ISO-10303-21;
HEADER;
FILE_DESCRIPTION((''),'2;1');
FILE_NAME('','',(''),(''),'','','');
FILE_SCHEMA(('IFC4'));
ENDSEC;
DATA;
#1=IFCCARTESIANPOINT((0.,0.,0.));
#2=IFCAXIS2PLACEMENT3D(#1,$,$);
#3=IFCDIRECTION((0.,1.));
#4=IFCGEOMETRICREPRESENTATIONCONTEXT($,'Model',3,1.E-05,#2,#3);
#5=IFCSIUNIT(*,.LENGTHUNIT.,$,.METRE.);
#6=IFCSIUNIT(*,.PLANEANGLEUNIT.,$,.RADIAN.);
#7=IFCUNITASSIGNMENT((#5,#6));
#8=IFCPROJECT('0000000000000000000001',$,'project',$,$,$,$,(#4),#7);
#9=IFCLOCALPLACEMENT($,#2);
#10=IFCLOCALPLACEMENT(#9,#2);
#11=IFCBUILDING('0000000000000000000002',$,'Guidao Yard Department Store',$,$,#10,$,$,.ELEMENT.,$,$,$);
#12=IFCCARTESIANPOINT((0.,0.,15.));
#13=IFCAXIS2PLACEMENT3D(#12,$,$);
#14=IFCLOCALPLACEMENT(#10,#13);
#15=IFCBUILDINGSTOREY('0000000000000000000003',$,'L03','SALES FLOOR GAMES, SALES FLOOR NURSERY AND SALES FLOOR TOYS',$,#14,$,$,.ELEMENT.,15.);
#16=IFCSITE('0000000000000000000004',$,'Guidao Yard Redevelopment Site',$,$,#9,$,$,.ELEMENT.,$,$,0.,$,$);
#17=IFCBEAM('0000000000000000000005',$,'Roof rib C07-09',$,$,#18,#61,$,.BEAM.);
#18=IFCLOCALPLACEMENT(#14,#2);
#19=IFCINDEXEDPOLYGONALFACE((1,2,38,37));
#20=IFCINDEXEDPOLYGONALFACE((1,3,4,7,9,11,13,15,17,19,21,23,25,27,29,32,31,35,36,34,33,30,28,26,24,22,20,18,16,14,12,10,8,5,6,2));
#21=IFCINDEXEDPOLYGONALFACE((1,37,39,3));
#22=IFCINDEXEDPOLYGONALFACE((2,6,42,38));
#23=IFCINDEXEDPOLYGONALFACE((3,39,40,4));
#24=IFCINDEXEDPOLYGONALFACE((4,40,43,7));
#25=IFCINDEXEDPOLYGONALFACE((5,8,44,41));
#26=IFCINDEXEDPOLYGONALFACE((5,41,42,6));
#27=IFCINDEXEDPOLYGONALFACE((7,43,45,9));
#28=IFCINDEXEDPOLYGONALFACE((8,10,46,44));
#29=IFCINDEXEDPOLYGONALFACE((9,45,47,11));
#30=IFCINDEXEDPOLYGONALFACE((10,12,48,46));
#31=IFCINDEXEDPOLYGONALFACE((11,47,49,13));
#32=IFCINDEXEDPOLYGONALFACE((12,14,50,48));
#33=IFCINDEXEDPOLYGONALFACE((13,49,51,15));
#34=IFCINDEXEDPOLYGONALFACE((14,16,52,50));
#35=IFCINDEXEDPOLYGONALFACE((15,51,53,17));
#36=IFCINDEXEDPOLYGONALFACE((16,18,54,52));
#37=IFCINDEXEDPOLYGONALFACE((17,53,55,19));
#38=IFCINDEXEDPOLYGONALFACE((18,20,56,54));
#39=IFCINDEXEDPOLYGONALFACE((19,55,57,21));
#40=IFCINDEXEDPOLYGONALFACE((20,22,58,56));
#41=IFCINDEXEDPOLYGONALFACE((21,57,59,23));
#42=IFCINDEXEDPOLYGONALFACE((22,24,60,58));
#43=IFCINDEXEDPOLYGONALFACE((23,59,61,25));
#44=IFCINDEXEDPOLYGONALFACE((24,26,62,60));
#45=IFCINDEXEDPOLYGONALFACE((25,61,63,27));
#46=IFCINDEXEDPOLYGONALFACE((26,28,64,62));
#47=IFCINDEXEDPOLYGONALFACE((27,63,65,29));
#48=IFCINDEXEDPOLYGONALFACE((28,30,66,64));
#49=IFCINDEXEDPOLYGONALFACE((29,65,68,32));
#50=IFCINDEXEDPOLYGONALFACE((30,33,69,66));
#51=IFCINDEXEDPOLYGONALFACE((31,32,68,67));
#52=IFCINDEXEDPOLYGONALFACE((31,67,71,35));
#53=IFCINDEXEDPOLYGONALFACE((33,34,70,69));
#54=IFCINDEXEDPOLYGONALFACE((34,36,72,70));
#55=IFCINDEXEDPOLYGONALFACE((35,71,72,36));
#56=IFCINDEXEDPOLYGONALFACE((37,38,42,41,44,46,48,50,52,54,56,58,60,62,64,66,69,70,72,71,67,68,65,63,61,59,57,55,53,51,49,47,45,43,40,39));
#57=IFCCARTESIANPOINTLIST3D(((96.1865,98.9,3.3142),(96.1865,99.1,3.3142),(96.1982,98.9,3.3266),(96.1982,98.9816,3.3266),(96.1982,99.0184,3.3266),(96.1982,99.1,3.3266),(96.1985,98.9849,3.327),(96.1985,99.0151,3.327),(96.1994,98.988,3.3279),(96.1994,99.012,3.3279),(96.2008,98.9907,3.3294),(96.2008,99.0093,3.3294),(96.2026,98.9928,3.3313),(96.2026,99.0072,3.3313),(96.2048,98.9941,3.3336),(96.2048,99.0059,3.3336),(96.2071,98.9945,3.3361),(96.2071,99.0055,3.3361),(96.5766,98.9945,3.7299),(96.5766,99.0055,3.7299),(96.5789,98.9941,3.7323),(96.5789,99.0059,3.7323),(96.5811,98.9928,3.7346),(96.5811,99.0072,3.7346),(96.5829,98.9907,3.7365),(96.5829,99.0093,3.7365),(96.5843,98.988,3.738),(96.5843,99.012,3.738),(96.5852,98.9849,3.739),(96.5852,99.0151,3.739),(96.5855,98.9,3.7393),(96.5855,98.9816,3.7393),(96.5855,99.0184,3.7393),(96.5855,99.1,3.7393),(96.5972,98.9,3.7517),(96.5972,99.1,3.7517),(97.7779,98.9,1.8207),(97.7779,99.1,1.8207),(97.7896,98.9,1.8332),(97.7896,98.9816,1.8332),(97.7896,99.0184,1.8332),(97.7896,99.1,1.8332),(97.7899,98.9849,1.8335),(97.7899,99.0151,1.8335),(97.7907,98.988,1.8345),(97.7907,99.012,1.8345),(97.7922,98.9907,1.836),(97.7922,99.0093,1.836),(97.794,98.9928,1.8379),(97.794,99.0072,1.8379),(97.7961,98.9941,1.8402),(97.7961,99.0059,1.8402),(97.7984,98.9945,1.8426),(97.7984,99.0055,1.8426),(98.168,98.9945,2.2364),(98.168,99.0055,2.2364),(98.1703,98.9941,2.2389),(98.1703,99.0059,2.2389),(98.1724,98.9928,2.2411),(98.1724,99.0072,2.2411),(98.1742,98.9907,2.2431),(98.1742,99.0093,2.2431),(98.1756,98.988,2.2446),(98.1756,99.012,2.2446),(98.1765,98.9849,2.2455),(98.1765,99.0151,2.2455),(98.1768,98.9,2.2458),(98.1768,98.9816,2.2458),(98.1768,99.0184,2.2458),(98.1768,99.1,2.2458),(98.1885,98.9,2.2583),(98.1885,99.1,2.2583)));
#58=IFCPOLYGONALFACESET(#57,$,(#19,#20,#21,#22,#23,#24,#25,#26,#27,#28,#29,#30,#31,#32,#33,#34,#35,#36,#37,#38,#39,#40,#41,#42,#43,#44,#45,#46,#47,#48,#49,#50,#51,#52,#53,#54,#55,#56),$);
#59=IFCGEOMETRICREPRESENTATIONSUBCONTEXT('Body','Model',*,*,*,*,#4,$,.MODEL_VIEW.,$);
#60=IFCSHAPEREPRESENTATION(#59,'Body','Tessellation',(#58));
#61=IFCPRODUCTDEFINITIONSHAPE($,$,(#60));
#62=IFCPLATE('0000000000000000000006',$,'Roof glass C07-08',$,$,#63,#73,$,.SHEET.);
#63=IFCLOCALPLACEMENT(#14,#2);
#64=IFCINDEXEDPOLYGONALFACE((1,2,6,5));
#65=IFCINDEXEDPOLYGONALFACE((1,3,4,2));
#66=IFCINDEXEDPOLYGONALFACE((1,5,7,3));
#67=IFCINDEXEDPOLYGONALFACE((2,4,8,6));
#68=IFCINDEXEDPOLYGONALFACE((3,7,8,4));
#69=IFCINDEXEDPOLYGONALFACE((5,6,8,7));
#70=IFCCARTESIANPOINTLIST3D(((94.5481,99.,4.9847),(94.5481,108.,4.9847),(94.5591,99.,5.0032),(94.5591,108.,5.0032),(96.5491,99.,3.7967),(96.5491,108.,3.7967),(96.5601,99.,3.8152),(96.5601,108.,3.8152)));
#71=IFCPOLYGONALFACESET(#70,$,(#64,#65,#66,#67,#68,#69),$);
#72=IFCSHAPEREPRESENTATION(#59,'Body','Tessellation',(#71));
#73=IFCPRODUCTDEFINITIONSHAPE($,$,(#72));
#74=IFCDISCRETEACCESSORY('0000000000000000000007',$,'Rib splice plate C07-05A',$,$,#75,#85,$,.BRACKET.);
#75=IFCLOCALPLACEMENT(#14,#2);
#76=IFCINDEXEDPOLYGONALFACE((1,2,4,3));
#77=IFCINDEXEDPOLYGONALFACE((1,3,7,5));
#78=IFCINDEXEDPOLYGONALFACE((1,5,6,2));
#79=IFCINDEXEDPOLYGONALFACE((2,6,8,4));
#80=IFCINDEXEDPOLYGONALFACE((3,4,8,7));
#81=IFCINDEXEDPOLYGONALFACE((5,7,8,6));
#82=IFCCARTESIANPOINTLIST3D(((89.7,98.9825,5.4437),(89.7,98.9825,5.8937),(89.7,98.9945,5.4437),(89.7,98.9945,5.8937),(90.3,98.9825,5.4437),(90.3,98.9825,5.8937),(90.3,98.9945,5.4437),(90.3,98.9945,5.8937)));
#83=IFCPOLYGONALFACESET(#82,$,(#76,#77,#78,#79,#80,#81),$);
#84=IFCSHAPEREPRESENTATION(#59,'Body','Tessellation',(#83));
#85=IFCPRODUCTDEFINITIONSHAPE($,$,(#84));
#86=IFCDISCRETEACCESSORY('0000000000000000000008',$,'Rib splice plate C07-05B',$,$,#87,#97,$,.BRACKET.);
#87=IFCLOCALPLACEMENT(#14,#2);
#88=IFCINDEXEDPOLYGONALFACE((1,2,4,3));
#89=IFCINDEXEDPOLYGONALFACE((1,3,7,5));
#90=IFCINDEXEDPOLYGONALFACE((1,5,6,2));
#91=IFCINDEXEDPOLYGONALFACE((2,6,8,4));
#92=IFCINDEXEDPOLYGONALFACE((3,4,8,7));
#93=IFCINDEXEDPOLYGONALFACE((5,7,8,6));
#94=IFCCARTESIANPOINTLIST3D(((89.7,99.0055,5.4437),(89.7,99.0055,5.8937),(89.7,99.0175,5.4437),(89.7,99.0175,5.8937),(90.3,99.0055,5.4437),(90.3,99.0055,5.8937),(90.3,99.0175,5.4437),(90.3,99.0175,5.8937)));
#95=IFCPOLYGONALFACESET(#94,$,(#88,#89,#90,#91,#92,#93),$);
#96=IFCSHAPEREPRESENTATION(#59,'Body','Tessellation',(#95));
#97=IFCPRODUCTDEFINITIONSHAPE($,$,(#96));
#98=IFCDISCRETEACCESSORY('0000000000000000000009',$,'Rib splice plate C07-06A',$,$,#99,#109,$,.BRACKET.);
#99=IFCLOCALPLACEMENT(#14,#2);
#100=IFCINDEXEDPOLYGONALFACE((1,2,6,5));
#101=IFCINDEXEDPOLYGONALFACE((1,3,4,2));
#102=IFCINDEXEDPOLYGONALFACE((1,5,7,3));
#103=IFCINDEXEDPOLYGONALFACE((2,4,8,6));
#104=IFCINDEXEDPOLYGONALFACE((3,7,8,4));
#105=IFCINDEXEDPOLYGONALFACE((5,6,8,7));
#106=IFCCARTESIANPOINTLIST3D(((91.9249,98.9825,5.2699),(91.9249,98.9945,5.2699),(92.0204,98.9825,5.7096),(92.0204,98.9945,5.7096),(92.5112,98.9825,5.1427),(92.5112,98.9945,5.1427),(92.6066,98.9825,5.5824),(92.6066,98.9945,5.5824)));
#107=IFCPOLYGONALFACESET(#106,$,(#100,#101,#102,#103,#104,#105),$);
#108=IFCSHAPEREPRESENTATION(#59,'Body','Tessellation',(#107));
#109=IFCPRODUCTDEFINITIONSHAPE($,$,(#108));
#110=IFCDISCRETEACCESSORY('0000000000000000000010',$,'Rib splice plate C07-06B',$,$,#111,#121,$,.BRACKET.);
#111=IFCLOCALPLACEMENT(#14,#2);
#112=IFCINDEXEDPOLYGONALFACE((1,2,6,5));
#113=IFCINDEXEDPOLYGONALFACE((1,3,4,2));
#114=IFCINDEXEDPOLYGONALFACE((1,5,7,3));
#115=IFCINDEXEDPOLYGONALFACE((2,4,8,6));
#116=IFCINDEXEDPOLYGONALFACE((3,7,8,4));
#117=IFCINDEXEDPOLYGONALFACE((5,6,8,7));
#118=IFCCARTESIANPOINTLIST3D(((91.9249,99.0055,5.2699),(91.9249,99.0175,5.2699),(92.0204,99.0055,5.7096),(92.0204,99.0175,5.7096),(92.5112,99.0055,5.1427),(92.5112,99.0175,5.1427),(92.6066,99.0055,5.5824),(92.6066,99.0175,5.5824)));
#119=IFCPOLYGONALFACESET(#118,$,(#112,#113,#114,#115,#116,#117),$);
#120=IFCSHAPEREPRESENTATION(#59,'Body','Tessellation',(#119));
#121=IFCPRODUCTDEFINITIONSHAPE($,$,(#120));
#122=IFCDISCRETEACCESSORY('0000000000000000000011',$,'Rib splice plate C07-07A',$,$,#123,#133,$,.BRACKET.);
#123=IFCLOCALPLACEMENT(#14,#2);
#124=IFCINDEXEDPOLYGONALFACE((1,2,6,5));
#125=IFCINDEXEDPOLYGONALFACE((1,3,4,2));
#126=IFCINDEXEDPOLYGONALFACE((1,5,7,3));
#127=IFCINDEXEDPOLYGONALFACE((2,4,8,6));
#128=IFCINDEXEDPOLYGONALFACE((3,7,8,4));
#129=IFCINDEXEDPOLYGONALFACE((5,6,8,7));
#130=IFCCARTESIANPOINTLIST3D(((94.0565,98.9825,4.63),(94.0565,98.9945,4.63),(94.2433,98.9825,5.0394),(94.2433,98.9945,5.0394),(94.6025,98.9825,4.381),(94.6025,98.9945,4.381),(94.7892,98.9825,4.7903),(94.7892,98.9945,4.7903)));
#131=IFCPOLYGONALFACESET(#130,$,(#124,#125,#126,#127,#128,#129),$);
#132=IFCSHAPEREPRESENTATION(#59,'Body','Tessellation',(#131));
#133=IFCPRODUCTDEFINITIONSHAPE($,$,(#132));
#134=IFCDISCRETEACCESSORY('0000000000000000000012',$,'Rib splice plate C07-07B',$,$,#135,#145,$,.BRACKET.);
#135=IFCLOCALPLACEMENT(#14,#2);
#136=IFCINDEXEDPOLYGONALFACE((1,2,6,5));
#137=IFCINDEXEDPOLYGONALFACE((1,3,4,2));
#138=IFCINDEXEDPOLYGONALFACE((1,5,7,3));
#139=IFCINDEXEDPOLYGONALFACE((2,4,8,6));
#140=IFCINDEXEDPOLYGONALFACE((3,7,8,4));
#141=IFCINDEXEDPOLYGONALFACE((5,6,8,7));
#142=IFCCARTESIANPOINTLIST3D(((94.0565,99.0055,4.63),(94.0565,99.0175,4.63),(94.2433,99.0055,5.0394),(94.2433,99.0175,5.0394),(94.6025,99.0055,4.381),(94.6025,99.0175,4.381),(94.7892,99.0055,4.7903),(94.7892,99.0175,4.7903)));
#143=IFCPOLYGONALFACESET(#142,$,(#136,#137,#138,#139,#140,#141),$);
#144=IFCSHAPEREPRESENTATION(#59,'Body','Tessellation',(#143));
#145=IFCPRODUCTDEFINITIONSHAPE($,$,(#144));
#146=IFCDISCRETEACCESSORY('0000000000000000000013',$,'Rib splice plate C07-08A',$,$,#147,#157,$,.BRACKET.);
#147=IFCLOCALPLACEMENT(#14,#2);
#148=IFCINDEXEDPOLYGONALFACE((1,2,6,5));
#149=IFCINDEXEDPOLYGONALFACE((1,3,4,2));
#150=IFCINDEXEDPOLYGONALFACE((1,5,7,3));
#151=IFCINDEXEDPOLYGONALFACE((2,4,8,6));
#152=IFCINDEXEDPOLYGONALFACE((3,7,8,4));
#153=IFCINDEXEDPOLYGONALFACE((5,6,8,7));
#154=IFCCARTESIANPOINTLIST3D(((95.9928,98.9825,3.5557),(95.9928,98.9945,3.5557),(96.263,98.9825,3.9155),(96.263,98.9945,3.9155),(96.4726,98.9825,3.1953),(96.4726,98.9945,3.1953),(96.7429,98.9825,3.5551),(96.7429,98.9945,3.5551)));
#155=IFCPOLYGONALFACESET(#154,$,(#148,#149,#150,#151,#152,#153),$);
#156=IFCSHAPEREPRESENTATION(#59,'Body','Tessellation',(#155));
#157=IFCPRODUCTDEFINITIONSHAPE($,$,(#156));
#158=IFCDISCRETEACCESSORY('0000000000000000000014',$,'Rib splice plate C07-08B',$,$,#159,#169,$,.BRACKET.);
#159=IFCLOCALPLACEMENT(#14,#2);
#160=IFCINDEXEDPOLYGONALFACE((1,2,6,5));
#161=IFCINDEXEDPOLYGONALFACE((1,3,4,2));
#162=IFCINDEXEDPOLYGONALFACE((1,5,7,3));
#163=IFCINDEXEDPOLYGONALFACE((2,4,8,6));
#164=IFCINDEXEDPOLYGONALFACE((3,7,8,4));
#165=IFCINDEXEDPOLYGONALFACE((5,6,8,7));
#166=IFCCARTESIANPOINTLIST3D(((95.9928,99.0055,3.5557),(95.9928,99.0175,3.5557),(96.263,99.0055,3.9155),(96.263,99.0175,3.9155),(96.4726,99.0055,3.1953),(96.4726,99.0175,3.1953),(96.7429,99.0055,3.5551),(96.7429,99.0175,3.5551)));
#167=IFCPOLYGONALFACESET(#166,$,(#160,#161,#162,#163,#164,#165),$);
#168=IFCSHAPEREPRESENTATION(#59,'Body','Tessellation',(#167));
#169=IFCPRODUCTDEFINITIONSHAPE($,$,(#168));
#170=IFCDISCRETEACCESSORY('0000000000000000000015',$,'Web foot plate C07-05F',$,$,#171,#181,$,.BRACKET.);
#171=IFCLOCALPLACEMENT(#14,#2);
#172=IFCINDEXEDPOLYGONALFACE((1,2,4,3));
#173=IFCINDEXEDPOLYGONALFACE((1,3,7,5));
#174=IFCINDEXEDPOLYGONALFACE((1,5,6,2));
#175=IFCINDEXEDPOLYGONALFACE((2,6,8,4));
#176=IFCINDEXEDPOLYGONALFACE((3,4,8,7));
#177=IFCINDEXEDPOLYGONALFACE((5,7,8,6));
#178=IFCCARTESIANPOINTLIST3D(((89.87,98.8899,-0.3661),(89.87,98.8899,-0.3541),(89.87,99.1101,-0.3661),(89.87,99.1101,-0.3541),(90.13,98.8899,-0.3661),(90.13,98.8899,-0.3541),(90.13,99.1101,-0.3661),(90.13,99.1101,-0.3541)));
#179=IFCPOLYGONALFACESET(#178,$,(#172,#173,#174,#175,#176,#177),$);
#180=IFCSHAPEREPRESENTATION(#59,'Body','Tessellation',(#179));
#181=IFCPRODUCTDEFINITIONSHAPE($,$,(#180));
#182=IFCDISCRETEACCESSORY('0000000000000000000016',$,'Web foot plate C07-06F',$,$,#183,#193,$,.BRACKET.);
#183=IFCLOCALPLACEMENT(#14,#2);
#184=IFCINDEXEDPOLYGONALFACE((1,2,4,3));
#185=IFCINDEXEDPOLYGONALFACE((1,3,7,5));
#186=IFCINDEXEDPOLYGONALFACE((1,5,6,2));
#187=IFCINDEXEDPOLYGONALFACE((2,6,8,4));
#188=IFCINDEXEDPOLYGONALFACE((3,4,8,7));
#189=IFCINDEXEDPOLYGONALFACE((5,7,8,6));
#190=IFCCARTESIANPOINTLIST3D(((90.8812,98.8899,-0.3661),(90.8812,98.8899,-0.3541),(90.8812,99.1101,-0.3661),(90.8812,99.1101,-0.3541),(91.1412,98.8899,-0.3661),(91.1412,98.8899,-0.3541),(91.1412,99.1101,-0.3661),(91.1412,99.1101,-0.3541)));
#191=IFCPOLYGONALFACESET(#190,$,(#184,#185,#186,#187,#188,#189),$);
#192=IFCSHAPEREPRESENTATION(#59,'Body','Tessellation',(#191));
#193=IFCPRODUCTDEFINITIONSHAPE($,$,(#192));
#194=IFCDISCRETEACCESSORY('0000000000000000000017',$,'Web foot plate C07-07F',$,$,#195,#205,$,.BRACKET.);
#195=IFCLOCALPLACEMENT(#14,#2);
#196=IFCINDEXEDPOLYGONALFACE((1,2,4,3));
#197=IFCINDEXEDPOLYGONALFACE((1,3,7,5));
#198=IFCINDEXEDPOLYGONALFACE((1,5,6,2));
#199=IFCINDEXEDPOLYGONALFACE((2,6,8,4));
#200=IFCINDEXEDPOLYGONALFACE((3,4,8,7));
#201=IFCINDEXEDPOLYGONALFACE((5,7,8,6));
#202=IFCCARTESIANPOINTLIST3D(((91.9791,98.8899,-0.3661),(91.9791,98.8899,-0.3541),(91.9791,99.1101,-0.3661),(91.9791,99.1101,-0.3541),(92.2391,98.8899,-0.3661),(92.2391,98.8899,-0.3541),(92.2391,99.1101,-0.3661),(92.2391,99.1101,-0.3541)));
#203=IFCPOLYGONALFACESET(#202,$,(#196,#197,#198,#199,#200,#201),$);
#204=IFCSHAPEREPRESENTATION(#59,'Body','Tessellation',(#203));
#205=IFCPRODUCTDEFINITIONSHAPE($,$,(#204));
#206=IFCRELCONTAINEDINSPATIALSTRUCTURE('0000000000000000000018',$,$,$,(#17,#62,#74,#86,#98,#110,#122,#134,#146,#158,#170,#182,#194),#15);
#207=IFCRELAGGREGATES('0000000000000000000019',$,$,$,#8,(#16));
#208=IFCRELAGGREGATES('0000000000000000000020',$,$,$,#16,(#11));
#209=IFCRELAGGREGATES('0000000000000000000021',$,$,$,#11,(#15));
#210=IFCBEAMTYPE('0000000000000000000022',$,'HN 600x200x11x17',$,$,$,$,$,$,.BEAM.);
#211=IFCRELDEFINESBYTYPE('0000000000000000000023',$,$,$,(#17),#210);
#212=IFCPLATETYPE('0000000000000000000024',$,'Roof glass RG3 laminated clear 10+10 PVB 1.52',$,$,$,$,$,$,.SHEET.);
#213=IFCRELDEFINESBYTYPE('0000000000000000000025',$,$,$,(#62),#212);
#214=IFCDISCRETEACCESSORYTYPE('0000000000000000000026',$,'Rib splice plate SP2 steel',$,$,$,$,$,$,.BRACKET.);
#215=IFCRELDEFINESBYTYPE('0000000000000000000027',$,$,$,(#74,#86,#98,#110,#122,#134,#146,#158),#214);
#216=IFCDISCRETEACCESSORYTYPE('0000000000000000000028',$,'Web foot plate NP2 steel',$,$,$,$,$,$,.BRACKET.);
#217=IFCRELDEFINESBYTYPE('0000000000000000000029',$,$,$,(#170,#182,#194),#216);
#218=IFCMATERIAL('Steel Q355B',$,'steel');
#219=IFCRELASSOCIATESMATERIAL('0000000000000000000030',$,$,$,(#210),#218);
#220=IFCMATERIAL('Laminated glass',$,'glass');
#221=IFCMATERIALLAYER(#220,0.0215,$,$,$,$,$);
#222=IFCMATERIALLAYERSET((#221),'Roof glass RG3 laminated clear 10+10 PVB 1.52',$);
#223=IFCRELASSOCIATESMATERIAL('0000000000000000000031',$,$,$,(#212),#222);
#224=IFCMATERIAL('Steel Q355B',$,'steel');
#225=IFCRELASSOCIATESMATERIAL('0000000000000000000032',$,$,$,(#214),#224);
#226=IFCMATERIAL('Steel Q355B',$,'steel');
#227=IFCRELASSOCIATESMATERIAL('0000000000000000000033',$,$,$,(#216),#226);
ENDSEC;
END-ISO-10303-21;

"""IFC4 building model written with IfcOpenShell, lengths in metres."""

from ifc_helpers import new_model, si_unit, direction, frame, origin, origin_2d, place, context, subcontext, project, spatial, polyline, rectangle, i_section, outline, extrude, material, layer, layer_set, material_profile, profile_set, type_object, element, save


model = new_model("IFC4")

# Units and contexts
model_context = context("Model", 3, precision=1e-05, world=origin(), true_north=direction((0.0, 1.0)))
body_context = subcontext(model_context, "Body", "Model", "MODEL_VIEW")
ifc_project = project(units=[si_unit("LENGTHUNIT", "METRE"), si_unit("PLANEANGLEUNIT", "RADIAN")], contexts=[model_context])

# Site, building, storey
site_placement = place(None, origin())
site = spatial("IfcSite", under=ifc_project, at=site_placement, Name="Guidao Yard Redevelopment Site", CompositionType="ELEMENT", RefElevation=0.0)
building_placement = place(site_placement, origin())
building = spatial("IfcBuilding", under=site, at=building_placement, Name="Guidao Yard Department Store", CompositionType="ELEMENT")
storey_placement = place(building_placement, frame((0.0, 0.0, 15.0)))
storey = spatial("IfcBuildingStorey", under=building, at=storey_placement, Name="L03", Description="SALES FLOOR GAMES, SALES FLOOR NURSERY AND SALES FLOOR TOYS", CompositionType="ELEMENT", Elevation=15.0)

# Beam
ifc_material_1 = material(Name="Steel Q355B", Category="steel")
ifc_material_profile_1 = material_profile(ifc_material_1, i_section(OverallWidth=0.2, OverallDepth=0.6001, WebThickness=0.011, FlangeThickness=0.0171, FilletRadius=0.0129, at=origin_2d()), Name="HN 600x200x11x17")
ifc_profile_set_1 = profile_set([ifc_material_profile_1], Name="Steel Q355B")
beam_type = type_object("IfcBeamType", Name="HN 600x200x11x17", PredefinedType="BEAM", material=ifc_profile_set_1)
beam_1_placement = place(storey_placement, frame((96.3918, 99.0, 3.533), z_axis=(0.729181, 0.0, -0.684321), x_axis=(0.0, 1.0, 0.0)))
element("IfcBeam", 1, at=beam_1_placement, inside=storey, type_object=beam_type, Name="Roof rib C07-09", PredefinedType="BEAM", context=body_context, shape_type="SweptSolid", body=[
    extrude(i_section(OverallWidth=0.2, OverallDepth=0.6001, WebThickness=0.011, FlangeThickness=0.0171, FilletRadius=0.0129, at=origin_2d()), origin(), (0.0, 0.0, 1.0), 2.1824),
])

# Plate
ifc_material_2 = material(Name="Laminated glass", Category="glass")
ifc_layer = layer(ifc_material_2, 0.0215)
ifc_layer_set = layer_set([ifc_layer], Name="Roof glass RG3 laminated clear 10+10 PVB 1.52")
plate_type = type_object("IfcPlateType", Name="Roof glass RG3 laminated clear 10+10 PVB 1.52", PredefinedType="SHEET", material=ifc_layer_set)
plate_placement = place(storey_placement, frame((94.5591, 99.0, 5.0032), z_axis=(0.51051, 0.0, 0.859872), x_axis=(0.859872, 0.0, -0.51051)))
element("IfcPlate", 2, at=plate_placement, inside=storey, type_object=plate_type, Name="Roof glass C07-08", PredefinedType="SHEET", context=body_context, shape_type="SweptSolid", body=[
    extrude(outline(polyline([(0.0, 0.0), (2.3271, 0.0), (2.3271, 9.0), (0.0, 9.0), (0.0, 0.0)])), origin(), (0.0, 0.0, -1.0), 0.0215),
])

# Discrete accessories
ifc_material_3 = material(Name="Steel Q355B", Category="steel")
ifc_material_profile_2 = material_profile(ifc_material_3, rectangle(XDim=0.012, YDim=0.45, at=origin_2d()), Name="Splice plate 450x12")
ifc_profile_set_2 = profile_set([ifc_material_profile_2], Name="Steel Q355B")
discrete_accessory_type_1 = type_object("IfcDiscreteAccessoryType", Name="Rib splice plate SP2 steel", PredefinedType="BRACKET", material=ifc_profile_set_2)
for number, where, z_axis, x_axis, name in (
    (3, (89.7, 98.9885, 5.6687), (1.0, 0.0, 0.0), (0.0, 1.0, 0.0), "Rib splice plate C07-05A"),
    (4, (89.7, 99.0115, 5.6687), (1.0, 0.0, 0.0), (0.0, 1.0, 0.0), "Rib splice plate C07-05B"),
):
    element("IfcDiscreteAccessory", number, at=place(storey_placement, frame(where, z_axis=z_axis, x_axis=x_axis)), inside=storey, type_object=discrete_accessory_type_1, Name=name, PredefinedType="BRACKET", context=body_context, shape_type="SweptSolid", body=[
        extrude(rectangle(XDim=0.012, YDim=0.45, at=origin_2d()), origin(), (0.0, 0.0, 1.0), 0.6001),
    ])
for number, where, z_axis, x_axis, name in (
    (5, (91.9727, 98.9885, 5.4897), (0.977257, 0.0, -0.212058), (0.0, 1.0, 0.0), "Rib splice plate C07-06A"),
    (6, (91.9727, 99.0115, 5.4897), (0.977257, 0.0, -0.212058), (0.0, 1.0, 0.0), "Rib splice plate C07-06B"),
):
    element("IfcDiscreteAccessory", number, at=place(storey_placement, frame(where, z_axis=z_axis, x_axis=x_axis)), inside=storey, type_object=discrete_accessory_type_1, Name=name, PredefinedType="BRACKET", context=body_context, shape_type="SweptSolid", body=[
        extrude(rectangle(XDim=0.012, YDim=0.45, at=origin_2d()), origin(), (0.0, 0.0, 1.0), 0.5999),
    ])
for number, where, z_axis, x_axis, name in (
    (7, (94.1499, 98.9885, 4.8347), (0.909808, 0.0, -0.415029), (0.0, 1.0, 0.0), "Rib splice plate C07-07A"),
    (8, (94.1499, 99.0115, 4.8347), (0.909808, 0.0, -0.415029), (0.0, 1.0, 0.0), "Rib splice plate C07-07B"),
    (9, (96.1279, 98.9885, 3.7356), (0.79956, 0.0, -0.600586), (0.0, 1.0, 0.0), "Rib splice plate C07-08A"),
    (10, (96.1279, 99.0115, 3.7356), (0.79956, 0.0, -0.600586), (0.0, 1.0, 0.0), "Rib splice plate C07-08B"),
):
    element("IfcDiscreteAccessory", number, at=place(storey_placement, frame(where, z_axis=z_axis, x_axis=x_axis)), inside=storey, type_object=discrete_accessory_type_1, Name=name, PredefinedType="BRACKET", context=body_context, shape_type="SweptSolid", body=[
        extrude(rectangle(XDim=0.012, YDim=0.45, at=origin_2d()), origin(), (0.0, 0.0, 1.0), 0.6001),
    ])
ifc_material_4 = material(Name="Steel Q355B", Category="steel")
ifc_material_profile_3 = material_profile(ifc_material_4, rectangle(XDim=0.26, YDim=0.012, at=origin_2d()), Name="Node plate 260x12")
ifc_profile_set_3 = profile_set([ifc_material_profile_3], Name="Steel Q355B")
discrete_accessory_type_2 = type_object("IfcDiscreteAccessoryType", Name="Web foot plate NP2 steel", PredefinedType="BRACKET", material=ifc_profile_set_3)
for number, where, z_axis, x_axis, name in (
    (11, (90.0, 98.8899, -0.3601), (0.0, 1.0, 0.0), (-1.0, 0.0, 0.0), "Web foot plate C07-05F"),
    (12, (91.0112, 98.8899, -0.3601), (0.0, 1.0, 0.0), (-1.0, 0.0, 0.0), "Web foot plate C07-06F"),
    (13, (92.1091, 98.8899, -0.3601), (0.0, 1.0, 0.0), (-1.0, 0.0, 0.0), "Web foot plate C07-07F"),
):
    element("IfcDiscreteAccessory", number, at=place(storey_placement, frame(where, z_axis=z_axis, x_axis=x_axis)), inside=storey, type_object=discrete_accessory_type_2, Name=name, PredefinedType="BRACKET", context=body_context, shape_type="SweptSolid", body=[
        extrude(rectangle(XDim=0.26, YDim=0.012, at=origin_2d()), origin(), (0.0, 0.0, 1.0), 0.2202),
    ])

save(model, "model.ifc")
